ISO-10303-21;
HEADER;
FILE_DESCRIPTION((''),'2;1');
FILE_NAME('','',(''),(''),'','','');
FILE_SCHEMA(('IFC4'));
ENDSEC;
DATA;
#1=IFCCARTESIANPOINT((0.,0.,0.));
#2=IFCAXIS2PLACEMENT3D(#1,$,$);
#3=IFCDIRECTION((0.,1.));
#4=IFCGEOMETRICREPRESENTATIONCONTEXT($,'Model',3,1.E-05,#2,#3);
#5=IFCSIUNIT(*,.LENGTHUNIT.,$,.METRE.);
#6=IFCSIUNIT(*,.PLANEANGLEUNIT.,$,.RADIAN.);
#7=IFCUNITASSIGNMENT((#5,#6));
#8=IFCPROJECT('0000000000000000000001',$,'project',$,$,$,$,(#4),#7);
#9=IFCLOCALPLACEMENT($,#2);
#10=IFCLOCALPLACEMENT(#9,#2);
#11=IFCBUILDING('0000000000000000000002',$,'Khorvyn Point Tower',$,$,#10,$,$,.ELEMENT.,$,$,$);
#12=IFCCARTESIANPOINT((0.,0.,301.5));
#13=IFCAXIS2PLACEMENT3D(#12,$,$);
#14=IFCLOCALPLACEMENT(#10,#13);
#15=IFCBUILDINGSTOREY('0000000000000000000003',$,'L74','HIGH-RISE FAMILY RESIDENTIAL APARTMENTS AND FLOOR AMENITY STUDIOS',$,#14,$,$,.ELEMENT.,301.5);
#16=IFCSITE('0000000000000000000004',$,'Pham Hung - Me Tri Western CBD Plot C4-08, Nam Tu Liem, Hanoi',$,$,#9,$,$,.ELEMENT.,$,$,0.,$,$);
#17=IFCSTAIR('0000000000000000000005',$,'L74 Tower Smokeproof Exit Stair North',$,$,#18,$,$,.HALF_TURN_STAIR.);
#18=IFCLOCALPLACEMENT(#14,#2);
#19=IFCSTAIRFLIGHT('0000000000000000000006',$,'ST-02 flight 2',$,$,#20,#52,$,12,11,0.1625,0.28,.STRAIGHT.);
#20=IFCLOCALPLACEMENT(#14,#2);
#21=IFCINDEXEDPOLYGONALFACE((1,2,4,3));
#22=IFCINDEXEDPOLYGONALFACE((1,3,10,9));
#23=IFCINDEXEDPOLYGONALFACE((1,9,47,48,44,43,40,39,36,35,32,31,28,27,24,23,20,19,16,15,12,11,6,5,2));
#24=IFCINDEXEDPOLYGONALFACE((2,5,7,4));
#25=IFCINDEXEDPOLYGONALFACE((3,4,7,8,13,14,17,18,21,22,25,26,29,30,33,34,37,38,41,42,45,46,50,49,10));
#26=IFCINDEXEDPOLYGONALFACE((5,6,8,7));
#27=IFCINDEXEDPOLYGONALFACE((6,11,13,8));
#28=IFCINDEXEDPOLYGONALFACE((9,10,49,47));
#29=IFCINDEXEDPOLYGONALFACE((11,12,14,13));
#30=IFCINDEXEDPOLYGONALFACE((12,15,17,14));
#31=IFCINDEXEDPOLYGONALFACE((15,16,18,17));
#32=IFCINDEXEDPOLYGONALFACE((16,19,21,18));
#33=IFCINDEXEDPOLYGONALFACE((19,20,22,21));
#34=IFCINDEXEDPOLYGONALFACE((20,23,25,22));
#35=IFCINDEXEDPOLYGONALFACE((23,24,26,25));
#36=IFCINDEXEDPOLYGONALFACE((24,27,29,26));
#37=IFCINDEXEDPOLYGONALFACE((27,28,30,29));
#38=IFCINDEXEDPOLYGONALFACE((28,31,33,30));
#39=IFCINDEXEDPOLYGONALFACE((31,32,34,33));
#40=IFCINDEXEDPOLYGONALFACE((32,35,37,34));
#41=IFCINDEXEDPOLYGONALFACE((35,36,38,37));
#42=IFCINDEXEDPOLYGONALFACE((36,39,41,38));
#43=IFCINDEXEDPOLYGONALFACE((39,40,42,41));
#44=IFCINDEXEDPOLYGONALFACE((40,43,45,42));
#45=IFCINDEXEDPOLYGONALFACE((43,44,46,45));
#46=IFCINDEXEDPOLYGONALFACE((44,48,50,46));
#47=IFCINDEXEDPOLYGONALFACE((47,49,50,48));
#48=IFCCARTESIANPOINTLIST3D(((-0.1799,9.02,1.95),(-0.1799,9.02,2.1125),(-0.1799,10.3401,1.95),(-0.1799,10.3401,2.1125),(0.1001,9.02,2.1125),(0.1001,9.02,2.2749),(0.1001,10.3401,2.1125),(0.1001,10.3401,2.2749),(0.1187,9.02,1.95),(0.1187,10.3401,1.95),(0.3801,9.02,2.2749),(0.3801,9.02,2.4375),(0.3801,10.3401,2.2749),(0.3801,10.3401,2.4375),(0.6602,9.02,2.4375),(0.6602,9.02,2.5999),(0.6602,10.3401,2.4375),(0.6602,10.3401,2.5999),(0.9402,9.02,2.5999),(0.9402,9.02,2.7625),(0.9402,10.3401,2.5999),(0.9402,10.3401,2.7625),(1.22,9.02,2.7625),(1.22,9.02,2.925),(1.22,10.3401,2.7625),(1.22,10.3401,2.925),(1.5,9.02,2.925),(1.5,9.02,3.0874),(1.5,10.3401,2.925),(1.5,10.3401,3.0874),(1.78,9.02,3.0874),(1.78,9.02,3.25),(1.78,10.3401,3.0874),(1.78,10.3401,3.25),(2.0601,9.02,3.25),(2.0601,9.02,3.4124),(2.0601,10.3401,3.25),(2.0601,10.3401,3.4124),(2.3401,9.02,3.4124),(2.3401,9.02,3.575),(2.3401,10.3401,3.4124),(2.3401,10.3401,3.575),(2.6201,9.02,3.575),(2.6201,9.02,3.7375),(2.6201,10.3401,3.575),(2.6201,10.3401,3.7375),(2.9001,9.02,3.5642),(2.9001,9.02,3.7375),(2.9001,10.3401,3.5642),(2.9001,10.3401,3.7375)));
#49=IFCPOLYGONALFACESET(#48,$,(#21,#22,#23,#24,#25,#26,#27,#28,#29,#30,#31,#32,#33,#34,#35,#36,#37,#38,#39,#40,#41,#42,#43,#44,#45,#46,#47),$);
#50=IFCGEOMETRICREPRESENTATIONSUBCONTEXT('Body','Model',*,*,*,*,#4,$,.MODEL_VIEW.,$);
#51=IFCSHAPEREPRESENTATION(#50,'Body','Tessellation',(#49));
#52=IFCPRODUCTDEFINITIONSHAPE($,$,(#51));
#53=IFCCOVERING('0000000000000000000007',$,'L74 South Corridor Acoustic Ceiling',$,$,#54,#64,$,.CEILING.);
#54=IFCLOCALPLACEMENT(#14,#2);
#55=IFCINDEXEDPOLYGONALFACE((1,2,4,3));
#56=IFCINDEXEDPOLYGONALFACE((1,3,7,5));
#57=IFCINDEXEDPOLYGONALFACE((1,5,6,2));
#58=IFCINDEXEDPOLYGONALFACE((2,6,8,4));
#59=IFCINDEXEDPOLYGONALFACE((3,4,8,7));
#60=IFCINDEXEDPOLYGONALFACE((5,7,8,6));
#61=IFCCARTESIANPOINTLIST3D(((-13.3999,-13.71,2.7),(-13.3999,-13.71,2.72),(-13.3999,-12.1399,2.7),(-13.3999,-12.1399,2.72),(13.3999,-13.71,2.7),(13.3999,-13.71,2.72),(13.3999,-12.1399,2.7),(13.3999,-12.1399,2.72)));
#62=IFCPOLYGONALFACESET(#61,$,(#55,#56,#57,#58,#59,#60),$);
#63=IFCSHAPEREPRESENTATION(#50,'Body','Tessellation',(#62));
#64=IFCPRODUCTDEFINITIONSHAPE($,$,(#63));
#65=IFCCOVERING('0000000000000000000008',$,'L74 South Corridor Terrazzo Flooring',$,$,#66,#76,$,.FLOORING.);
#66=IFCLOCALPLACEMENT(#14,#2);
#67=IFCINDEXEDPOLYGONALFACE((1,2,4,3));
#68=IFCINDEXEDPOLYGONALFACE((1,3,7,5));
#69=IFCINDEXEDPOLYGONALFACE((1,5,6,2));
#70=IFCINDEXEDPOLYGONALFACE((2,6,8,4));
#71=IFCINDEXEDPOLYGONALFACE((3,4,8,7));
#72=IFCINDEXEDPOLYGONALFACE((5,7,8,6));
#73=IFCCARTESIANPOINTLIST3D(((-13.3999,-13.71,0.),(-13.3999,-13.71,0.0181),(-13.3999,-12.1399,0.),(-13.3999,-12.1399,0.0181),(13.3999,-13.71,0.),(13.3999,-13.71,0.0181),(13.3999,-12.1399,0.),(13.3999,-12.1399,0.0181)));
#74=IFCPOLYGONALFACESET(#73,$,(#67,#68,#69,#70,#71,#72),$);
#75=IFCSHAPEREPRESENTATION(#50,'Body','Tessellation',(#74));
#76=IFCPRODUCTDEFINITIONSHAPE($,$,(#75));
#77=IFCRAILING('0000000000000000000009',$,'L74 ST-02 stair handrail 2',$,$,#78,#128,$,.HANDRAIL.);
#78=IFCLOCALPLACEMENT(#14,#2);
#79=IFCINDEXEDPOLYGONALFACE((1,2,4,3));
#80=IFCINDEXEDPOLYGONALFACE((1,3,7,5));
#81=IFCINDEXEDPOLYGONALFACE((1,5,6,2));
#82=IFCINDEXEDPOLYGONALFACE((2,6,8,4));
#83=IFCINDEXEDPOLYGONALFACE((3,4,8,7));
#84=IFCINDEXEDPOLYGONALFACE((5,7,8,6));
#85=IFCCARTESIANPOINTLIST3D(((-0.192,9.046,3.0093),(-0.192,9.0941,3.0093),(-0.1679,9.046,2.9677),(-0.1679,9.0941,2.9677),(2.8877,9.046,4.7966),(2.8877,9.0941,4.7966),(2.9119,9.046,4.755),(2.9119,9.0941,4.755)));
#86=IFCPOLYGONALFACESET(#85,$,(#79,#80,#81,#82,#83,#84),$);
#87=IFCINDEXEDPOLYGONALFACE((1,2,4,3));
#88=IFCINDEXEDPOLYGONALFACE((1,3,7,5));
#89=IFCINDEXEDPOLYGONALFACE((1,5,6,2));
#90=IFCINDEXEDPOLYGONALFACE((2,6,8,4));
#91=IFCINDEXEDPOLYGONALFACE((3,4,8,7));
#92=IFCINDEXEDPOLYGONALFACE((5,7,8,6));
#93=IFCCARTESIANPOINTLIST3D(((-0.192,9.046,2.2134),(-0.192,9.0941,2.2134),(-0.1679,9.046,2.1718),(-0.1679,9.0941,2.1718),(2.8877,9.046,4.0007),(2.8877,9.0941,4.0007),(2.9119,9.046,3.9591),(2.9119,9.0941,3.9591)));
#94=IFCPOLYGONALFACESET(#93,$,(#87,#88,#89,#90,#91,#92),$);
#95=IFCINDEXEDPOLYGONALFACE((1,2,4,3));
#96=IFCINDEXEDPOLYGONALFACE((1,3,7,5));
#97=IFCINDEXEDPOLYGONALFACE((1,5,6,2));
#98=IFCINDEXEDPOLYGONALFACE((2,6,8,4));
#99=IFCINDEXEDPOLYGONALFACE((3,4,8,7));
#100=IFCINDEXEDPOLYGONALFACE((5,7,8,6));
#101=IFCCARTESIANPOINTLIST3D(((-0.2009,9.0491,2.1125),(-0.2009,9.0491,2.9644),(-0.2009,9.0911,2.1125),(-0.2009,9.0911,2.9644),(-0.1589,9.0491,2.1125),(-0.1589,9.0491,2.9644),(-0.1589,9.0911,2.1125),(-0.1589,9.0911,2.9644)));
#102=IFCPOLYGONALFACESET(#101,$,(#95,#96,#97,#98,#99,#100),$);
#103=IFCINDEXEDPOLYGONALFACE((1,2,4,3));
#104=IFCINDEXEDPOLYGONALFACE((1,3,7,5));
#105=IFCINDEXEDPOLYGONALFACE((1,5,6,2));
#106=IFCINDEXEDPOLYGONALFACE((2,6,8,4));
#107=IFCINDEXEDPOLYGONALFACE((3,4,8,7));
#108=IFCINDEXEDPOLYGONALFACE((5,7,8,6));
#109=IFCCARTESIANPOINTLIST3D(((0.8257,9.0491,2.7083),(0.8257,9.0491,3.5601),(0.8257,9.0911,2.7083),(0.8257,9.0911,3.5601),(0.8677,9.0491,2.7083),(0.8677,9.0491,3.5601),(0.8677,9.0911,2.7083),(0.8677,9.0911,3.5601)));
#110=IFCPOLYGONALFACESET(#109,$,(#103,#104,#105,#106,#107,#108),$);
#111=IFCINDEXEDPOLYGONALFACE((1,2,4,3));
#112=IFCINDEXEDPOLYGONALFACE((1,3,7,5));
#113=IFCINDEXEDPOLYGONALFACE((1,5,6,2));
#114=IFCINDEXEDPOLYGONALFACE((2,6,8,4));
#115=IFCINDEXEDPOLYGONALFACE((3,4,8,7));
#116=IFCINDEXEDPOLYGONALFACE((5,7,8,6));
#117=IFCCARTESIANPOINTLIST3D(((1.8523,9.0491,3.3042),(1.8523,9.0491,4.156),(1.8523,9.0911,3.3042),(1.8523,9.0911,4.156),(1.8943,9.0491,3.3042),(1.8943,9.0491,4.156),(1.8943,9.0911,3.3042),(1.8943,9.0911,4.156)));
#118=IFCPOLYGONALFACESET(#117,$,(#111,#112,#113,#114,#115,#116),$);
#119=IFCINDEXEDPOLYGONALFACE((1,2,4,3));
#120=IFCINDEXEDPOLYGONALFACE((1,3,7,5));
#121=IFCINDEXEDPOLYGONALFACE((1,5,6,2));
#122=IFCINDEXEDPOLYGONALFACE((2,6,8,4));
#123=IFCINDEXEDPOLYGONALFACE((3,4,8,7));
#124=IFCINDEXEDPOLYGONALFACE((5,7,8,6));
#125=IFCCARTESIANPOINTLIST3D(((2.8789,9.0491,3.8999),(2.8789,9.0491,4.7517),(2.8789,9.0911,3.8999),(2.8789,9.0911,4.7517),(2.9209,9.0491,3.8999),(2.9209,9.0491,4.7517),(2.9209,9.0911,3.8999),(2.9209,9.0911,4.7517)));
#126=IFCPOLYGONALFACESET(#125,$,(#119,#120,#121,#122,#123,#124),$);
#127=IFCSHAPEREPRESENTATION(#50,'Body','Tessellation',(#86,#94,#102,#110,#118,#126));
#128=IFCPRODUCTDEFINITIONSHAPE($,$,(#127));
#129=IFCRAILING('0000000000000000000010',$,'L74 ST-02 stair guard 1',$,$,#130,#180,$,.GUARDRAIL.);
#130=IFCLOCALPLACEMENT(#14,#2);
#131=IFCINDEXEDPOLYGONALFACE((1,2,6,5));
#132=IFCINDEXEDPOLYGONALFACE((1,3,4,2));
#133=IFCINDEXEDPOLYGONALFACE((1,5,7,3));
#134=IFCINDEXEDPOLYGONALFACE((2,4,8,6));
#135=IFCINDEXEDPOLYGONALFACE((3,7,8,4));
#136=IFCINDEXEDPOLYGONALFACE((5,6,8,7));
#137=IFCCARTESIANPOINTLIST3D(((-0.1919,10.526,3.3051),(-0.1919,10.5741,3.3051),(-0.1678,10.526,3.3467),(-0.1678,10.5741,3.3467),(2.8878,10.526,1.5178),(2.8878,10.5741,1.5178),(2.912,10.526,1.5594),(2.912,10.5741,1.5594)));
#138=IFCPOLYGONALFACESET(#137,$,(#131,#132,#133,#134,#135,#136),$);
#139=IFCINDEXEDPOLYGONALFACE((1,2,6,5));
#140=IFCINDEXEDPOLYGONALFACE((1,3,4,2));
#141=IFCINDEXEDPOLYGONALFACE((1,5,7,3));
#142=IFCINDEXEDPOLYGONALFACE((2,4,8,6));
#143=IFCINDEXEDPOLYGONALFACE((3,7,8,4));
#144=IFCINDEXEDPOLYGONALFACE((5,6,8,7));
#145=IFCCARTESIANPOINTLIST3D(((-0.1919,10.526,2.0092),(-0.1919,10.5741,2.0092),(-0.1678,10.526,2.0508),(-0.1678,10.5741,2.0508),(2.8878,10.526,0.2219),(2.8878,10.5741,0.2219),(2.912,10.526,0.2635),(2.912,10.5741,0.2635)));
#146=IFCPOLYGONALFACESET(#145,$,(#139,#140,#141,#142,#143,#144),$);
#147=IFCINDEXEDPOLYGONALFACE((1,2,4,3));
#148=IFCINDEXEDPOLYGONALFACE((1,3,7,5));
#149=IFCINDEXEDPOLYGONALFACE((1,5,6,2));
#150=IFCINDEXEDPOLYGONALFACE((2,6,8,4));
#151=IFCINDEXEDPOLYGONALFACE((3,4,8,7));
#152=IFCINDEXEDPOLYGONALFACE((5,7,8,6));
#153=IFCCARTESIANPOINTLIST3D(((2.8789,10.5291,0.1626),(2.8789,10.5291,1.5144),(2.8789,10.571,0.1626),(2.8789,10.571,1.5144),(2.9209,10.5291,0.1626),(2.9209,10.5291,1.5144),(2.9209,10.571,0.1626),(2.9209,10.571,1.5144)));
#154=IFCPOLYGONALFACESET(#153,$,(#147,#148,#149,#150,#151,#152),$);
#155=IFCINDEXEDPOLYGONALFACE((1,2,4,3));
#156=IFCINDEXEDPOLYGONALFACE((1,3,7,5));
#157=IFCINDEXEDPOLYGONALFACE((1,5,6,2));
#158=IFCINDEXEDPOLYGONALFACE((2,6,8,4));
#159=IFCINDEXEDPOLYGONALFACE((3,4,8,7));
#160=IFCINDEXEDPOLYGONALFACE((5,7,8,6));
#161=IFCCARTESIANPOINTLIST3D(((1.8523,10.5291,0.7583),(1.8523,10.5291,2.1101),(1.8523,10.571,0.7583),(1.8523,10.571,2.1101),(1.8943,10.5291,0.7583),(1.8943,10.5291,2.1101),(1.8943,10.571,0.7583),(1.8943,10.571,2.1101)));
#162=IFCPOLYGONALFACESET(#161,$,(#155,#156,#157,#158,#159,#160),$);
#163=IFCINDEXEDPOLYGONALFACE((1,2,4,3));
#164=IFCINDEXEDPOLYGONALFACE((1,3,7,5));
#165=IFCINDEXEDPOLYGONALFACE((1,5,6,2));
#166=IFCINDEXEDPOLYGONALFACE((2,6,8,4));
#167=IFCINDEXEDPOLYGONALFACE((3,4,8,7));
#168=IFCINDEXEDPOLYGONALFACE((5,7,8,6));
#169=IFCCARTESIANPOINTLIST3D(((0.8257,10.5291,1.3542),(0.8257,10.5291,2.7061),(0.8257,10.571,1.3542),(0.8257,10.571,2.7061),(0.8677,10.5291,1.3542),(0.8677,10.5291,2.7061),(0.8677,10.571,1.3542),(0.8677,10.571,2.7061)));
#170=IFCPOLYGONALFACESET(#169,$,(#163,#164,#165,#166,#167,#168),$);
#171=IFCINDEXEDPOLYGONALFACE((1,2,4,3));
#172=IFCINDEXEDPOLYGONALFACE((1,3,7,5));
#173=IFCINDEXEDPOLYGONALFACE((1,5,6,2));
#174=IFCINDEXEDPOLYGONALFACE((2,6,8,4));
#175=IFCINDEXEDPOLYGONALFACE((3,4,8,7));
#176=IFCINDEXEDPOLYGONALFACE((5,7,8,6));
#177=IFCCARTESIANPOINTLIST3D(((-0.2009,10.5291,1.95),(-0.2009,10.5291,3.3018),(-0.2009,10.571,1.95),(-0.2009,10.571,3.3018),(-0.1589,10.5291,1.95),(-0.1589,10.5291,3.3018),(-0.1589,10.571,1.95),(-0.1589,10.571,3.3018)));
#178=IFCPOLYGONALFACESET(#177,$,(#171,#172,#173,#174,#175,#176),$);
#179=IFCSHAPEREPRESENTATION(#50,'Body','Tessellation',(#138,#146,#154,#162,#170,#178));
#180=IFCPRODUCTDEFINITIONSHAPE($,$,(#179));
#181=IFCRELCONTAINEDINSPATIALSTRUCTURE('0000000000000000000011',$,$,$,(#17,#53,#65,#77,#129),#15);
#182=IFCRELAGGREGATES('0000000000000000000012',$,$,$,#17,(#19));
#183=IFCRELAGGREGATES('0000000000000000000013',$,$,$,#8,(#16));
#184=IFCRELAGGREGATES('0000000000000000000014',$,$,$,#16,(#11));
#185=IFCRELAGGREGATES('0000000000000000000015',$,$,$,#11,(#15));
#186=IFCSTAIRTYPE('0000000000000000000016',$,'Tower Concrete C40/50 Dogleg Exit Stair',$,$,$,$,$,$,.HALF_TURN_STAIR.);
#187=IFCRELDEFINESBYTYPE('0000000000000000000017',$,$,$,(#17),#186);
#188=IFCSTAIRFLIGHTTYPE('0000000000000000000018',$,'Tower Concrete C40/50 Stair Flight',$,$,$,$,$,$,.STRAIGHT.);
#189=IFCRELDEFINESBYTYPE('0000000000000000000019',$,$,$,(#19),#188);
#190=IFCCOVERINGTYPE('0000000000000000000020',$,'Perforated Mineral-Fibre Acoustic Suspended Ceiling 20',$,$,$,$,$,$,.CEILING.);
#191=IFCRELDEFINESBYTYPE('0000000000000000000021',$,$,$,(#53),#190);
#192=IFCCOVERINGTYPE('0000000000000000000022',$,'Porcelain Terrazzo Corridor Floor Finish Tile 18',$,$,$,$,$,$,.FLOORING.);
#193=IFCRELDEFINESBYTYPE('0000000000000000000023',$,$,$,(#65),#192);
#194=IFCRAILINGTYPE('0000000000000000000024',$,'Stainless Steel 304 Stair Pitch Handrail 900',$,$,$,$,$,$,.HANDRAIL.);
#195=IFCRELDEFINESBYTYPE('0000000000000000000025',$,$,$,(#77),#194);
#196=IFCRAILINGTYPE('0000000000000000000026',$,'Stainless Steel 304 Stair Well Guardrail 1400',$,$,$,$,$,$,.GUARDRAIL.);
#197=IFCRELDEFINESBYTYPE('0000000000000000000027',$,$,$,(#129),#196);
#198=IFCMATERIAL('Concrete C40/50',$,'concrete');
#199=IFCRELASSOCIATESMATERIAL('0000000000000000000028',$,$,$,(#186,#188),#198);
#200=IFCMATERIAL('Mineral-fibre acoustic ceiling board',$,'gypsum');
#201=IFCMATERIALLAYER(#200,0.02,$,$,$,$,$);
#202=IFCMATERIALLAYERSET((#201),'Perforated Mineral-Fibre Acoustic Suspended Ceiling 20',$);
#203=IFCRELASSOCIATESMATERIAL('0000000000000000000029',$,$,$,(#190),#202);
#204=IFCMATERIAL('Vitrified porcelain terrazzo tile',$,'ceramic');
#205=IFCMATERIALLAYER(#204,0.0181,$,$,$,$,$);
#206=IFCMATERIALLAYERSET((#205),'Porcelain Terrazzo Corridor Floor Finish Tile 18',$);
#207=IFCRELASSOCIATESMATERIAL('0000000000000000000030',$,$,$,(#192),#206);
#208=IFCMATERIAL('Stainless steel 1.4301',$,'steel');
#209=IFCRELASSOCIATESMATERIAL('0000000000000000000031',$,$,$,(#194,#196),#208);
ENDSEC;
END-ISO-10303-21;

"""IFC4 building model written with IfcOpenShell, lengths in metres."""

from ifc_helpers import new_model, si_unit, direction, frame, origin, origin_2d, place, context, subcontext, project, spatial, polyline, rectangle, outline, extrude, material, layer, layer_set, type_object, element, aggregate, save


model = new_model("IFC4")

# Units and contexts
model_context = context("Model", 3, precision=1e-05, world=origin(), true_north=direction((0.0, 1.0)))
body_context = subcontext(model_context, "Body", "Model", "MODEL_VIEW")
ifc_project = project(units=[si_unit("LENGTHUNIT", "METRE"), si_unit("PLANEANGLEUNIT", "RADIAN")], contexts=[model_context])

# Site, building, storey
site_placement = place(None, origin())
site = spatial("IfcSite", under=ifc_project, at=site_placement, Name="Pham Hung - Me Tri Western CBD Plot C4-08, Nam Tu Liem, Hanoi", CompositionType="ELEMENT", RefElevation=0.0)
building_placement = place(site_placement, origin())
building = spatial("IfcBuilding", under=site, at=building_placement, Name="Khorvyn Point Tower", CompositionType="ELEMENT")
storey_placement = place(building_placement, frame((0.0, 0.0, 301.5)))
storey = spatial("IfcBuildingStorey", under=building, at=storey_placement, Name="L74", Description="HIGH-RISE FAMILY RESIDENTIAL APARTMENTS AND FLOOR AMENITY STUDIOS", CompositionType="ELEMENT", Elevation=301.5)

# Shared definitions
ifc_material_1 = material(Name="Concrete C40/50", Category="concrete")

# Stair
stair_type = type_object("IfcStairType", Name="Tower Concrete C40/50 Dogleg Exit Stair", PredefinedType="HALF_TURN_STAIR", material=ifc_material_1)
stair_1_placement = place(storey_placement, origin())
stair_1 = element("IfcStair", 1, at=stair_1_placement, inside=storey, type_object=stair_type, Name="L74 Tower Smokeproof Exit Stair North", PredefinedType="HALF_TURN_STAIR")

# Shared definitions
ifc_material_2 = material(Name="Stainless steel 1.4301", Category="steel")

# Stair flight
stair_flight_type = type_object("IfcStairFlightType", Name="Tower Concrete C40/50 Stair Flight", PredefinedType="STRAIGHT", material=ifc_material_1)
stair_flight_1_placement = place(storey_placement, frame((-0.1799, 9.6799, 1.95), z_axis=(0.0, 0.0, 1.0), x_axis=(1.0, 0.0, 0.0)))
stair_flight_1 = element("IfcStairFlight", 2, at=stair_flight_1_placement, type_object=stair_flight_type, Name="ST-02 flight 2", NumberOfRisers=12, NumberOfTreads=11, PredefinedType="STRAIGHT", RiserHeight=0.1625, TreadLength=0.28, context=body_context, shape_type="SweptSolid", body=[
    extrude(outline(polyline([(0.0, 0.0), (0.0, 0.1626), (0.28, 0.1626), (0.28, 0.325), (0.5601, 0.325), (0.5601, 0.4875), (0.8401, 0.4875), (0.8401, 0.6499), (1.1201, 0.6499), (1.1201, 0.8125), (1.3999, 0.8125), (1.3999, 0.9751), (1.6799, 0.9751), (1.6799, 1.1375), (1.96, 1.1375), (1.96, 1.3), (2.24, 1.3), (2.24, 1.4624), (2.52, 1.4624), (2.52, 1.625), (2.8, 1.625), (2.8, 1.7876), (3.0801, 1.7876), (3.0801, 1.95), (3.0801, 1.6143), (0.2986, 0.0), (0.0, 0.0)])), frame((0.0, 0.6602, 0.0), z_axis=(0.0, -1.0, 0.0), x_axis=(1.0, 0.0, 0.0)), (0.0, 0.0, 1.0), 1.3201),
])
aggregate(stair_1, [stair_flight_1])

# Coverings
ifc_material_3 = material(Name="Mineral-fibre acoustic ceiling board", Category="gypsum")
ifc_layer_1 = layer(ifc_material_3, 0.02)
ifc_layer_set_1 = layer_set([ifc_layer_1], Name="Perforated Mineral-Fibre Acoustic Suspended Ceiling 20")
covering_type_1 = type_object("IfcCoveringType", Name="Perforated Mineral-Fibre Acoustic Suspended Ceiling 20", PredefinedType="CEILING", material=ifc_layer_set_1)
covering_1_placement = place(storey_placement, frame((0.0, 0.0, 2.7)))
element("IfcCovering", 3, at=covering_1_placement, inside=storey, type_object=covering_type_1, Name="L74 South Corridor Acoustic Ceiling", PredefinedType="CEILING", context=body_context, shape_type="SweptSolid", body=[
    extrude(outline(polyline([(-13.3999, -13.71), (13.3999, -13.71), (13.3999, -12.1399), (-13.3999, -12.1399), (-13.3999, -13.71)])), origin(), (0.0, 0.0, 1.0), 0.02),
])
ifc_material_4 = material(Name="Vitrified porcelain terrazzo tile", Category="ceramic")
ifc_layer_2 = layer(ifc_material_4, 0.0181)
ifc_layer_set_2 = layer_set([ifc_layer_2], Name="Porcelain Terrazzo Corridor Floor Finish Tile 18")
covering_type_2 = type_object("IfcCoveringType", Name="Porcelain Terrazzo Corridor Floor Finish Tile 18", PredefinedType="FLOORING", material=ifc_layer_set_2)
covering_2_placement = place(storey_placement, origin())
element("IfcCovering", 4, at=covering_2_placement, inside=storey, type_object=covering_type_2, Name="L74 South Corridor Terrazzo Flooring", PredefinedType="FLOORING", context=body_context, shape_type="SweptSolid", body=[
    extrude(outline(polyline([(-13.3999, -13.71), (13.3999, -13.71), (13.3999, -12.1399), (-13.3999, -12.1399), (-13.3999, -13.71)])), origin(), (0.0, 0.0, 1.0), 0.0181),
])

# Railings
railing_type_1 = type_object("IfcRailingType", Name="Stainless Steel 304 Stair Pitch Handrail 900", PredefinedType="HANDRAIL", material=ifc_material_2)
railing_1_placement = place(storey_placement, frame((-0.1799, 9.0701, 2.1125)))
element("IfcRailing", 5, at=railing_1_placement, inside=storey, type_object=railing_type_1, Name="L74 ST-02 stair handrail 2", PredefinedType="HANDRAIL", context=body_context, shape_type="SweptSolid", body=[
    extrude(rectangle(XDim=0.0481, YDim=0.0481, at=origin_2d()), frame((0.0, 0.0, 0.876), z_axis=(0.864903, 0.0, 0.501939), x_axis=(0.0, 1.0, 0.0)), (0.0, 0.0, 1.0), 3.5608),
    extrude(rectangle(XDim=0.0481, YDim=0.0481, at=origin_2d()), frame((0.0, 0.0, 0.0801), z_axis=(0.864903, 0.0, 0.501939), x_axis=(0.0, 1.0, 0.0)), (0.0, 0.0, 1.0), 3.5608),
    extrude(rectangle(XDim=0.042, YDim=0.042, at=origin_2d()), origin(), (0.0, 0.0, 1.0), 0.8518),
    extrude(rectangle(XDim=0.042, YDim=0.042, at=origin_2d()), frame((1.0266, 0.0, 0.5957)), (0.0, 0.0, 1.0), 0.8518),
    extrude(rectangle(XDim=0.042, YDim=0.042, at=origin_2d()), frame((2.0532, 0.0, 1.1917)), (0.0, 0.0, 1.0), 0.8518),
    extrude(rectangle(XDim=0.042, YDim=0.042, at=origin_2d()), frame((3.0798, 0.0, 1.7874)), (0.0, 0.0, 1.0), 0.8518),
])
railing_type_2 = type_object("IfcRailingType", Name="Stainless Steel 304 Stair Well Guardrail 1400", PredefinedType="GUARDRAIL", material=ifc_material_2)
railing_2_placement = place(storey_placement, frame((2.8999, 10.55, 0.1626)))
element("IfcRailing", 6, at=railing_2_placement, inside=storey, type_object=railing_type_2, Name="L74 ST-02 stair guard 1", PredefinedType="GUARDRAIL", context=body_context, shape_type="SweptSolid", body=[
    extrude(rectangle(XDim=0.0481, YDim=0.0481, at=origin_2d()), frame((0.0, 0.0, 1.376), z_axis=(-0.864903, 0.0, 0.501939), x_axis=(0.0, -1.0, 0.0)), (0.0, 0.0, 1.0), 3.5608),
    extrude(rectangle(XDim=0.0481, YDim=0.0481, at=origin_2d()), frame((0.0, 0.0, 0.0801), z_axis=(-0.864903, 0.0, 0.501939), x_axis=(0.0, -1.0, 0.0)), (0.0, 0.0, 1.0), 3.5608),
    extrude(rectangle(XDim=0.042, YDim=0.042, at=origin_2d()), origin(), (0.0, 0.0, 1.0), 1.3518),
    extrude(rectangle(XDim=0.042, YDim=0.042, at=origin_2d()), frame((-1.0266, 0.0, 0.5957)), (0.0, 0.0, 1.0), 1.3518),
    extrude(rectangle(XDim=0.042, YDim=0.042, at=origin_2d()), frame((-2.0532, 0.0, 1.1917)), (0.0, 0.0, 1.0), 1.3518),
    extrude(rectangle(XDim=0.042, YDim=0.042, at=origin_2d()), frame((-3.0798, 0.0, 1.7874)), (0.0, 0.0, 1.0), 1.3518),
])

save(model, "model.ifc")
